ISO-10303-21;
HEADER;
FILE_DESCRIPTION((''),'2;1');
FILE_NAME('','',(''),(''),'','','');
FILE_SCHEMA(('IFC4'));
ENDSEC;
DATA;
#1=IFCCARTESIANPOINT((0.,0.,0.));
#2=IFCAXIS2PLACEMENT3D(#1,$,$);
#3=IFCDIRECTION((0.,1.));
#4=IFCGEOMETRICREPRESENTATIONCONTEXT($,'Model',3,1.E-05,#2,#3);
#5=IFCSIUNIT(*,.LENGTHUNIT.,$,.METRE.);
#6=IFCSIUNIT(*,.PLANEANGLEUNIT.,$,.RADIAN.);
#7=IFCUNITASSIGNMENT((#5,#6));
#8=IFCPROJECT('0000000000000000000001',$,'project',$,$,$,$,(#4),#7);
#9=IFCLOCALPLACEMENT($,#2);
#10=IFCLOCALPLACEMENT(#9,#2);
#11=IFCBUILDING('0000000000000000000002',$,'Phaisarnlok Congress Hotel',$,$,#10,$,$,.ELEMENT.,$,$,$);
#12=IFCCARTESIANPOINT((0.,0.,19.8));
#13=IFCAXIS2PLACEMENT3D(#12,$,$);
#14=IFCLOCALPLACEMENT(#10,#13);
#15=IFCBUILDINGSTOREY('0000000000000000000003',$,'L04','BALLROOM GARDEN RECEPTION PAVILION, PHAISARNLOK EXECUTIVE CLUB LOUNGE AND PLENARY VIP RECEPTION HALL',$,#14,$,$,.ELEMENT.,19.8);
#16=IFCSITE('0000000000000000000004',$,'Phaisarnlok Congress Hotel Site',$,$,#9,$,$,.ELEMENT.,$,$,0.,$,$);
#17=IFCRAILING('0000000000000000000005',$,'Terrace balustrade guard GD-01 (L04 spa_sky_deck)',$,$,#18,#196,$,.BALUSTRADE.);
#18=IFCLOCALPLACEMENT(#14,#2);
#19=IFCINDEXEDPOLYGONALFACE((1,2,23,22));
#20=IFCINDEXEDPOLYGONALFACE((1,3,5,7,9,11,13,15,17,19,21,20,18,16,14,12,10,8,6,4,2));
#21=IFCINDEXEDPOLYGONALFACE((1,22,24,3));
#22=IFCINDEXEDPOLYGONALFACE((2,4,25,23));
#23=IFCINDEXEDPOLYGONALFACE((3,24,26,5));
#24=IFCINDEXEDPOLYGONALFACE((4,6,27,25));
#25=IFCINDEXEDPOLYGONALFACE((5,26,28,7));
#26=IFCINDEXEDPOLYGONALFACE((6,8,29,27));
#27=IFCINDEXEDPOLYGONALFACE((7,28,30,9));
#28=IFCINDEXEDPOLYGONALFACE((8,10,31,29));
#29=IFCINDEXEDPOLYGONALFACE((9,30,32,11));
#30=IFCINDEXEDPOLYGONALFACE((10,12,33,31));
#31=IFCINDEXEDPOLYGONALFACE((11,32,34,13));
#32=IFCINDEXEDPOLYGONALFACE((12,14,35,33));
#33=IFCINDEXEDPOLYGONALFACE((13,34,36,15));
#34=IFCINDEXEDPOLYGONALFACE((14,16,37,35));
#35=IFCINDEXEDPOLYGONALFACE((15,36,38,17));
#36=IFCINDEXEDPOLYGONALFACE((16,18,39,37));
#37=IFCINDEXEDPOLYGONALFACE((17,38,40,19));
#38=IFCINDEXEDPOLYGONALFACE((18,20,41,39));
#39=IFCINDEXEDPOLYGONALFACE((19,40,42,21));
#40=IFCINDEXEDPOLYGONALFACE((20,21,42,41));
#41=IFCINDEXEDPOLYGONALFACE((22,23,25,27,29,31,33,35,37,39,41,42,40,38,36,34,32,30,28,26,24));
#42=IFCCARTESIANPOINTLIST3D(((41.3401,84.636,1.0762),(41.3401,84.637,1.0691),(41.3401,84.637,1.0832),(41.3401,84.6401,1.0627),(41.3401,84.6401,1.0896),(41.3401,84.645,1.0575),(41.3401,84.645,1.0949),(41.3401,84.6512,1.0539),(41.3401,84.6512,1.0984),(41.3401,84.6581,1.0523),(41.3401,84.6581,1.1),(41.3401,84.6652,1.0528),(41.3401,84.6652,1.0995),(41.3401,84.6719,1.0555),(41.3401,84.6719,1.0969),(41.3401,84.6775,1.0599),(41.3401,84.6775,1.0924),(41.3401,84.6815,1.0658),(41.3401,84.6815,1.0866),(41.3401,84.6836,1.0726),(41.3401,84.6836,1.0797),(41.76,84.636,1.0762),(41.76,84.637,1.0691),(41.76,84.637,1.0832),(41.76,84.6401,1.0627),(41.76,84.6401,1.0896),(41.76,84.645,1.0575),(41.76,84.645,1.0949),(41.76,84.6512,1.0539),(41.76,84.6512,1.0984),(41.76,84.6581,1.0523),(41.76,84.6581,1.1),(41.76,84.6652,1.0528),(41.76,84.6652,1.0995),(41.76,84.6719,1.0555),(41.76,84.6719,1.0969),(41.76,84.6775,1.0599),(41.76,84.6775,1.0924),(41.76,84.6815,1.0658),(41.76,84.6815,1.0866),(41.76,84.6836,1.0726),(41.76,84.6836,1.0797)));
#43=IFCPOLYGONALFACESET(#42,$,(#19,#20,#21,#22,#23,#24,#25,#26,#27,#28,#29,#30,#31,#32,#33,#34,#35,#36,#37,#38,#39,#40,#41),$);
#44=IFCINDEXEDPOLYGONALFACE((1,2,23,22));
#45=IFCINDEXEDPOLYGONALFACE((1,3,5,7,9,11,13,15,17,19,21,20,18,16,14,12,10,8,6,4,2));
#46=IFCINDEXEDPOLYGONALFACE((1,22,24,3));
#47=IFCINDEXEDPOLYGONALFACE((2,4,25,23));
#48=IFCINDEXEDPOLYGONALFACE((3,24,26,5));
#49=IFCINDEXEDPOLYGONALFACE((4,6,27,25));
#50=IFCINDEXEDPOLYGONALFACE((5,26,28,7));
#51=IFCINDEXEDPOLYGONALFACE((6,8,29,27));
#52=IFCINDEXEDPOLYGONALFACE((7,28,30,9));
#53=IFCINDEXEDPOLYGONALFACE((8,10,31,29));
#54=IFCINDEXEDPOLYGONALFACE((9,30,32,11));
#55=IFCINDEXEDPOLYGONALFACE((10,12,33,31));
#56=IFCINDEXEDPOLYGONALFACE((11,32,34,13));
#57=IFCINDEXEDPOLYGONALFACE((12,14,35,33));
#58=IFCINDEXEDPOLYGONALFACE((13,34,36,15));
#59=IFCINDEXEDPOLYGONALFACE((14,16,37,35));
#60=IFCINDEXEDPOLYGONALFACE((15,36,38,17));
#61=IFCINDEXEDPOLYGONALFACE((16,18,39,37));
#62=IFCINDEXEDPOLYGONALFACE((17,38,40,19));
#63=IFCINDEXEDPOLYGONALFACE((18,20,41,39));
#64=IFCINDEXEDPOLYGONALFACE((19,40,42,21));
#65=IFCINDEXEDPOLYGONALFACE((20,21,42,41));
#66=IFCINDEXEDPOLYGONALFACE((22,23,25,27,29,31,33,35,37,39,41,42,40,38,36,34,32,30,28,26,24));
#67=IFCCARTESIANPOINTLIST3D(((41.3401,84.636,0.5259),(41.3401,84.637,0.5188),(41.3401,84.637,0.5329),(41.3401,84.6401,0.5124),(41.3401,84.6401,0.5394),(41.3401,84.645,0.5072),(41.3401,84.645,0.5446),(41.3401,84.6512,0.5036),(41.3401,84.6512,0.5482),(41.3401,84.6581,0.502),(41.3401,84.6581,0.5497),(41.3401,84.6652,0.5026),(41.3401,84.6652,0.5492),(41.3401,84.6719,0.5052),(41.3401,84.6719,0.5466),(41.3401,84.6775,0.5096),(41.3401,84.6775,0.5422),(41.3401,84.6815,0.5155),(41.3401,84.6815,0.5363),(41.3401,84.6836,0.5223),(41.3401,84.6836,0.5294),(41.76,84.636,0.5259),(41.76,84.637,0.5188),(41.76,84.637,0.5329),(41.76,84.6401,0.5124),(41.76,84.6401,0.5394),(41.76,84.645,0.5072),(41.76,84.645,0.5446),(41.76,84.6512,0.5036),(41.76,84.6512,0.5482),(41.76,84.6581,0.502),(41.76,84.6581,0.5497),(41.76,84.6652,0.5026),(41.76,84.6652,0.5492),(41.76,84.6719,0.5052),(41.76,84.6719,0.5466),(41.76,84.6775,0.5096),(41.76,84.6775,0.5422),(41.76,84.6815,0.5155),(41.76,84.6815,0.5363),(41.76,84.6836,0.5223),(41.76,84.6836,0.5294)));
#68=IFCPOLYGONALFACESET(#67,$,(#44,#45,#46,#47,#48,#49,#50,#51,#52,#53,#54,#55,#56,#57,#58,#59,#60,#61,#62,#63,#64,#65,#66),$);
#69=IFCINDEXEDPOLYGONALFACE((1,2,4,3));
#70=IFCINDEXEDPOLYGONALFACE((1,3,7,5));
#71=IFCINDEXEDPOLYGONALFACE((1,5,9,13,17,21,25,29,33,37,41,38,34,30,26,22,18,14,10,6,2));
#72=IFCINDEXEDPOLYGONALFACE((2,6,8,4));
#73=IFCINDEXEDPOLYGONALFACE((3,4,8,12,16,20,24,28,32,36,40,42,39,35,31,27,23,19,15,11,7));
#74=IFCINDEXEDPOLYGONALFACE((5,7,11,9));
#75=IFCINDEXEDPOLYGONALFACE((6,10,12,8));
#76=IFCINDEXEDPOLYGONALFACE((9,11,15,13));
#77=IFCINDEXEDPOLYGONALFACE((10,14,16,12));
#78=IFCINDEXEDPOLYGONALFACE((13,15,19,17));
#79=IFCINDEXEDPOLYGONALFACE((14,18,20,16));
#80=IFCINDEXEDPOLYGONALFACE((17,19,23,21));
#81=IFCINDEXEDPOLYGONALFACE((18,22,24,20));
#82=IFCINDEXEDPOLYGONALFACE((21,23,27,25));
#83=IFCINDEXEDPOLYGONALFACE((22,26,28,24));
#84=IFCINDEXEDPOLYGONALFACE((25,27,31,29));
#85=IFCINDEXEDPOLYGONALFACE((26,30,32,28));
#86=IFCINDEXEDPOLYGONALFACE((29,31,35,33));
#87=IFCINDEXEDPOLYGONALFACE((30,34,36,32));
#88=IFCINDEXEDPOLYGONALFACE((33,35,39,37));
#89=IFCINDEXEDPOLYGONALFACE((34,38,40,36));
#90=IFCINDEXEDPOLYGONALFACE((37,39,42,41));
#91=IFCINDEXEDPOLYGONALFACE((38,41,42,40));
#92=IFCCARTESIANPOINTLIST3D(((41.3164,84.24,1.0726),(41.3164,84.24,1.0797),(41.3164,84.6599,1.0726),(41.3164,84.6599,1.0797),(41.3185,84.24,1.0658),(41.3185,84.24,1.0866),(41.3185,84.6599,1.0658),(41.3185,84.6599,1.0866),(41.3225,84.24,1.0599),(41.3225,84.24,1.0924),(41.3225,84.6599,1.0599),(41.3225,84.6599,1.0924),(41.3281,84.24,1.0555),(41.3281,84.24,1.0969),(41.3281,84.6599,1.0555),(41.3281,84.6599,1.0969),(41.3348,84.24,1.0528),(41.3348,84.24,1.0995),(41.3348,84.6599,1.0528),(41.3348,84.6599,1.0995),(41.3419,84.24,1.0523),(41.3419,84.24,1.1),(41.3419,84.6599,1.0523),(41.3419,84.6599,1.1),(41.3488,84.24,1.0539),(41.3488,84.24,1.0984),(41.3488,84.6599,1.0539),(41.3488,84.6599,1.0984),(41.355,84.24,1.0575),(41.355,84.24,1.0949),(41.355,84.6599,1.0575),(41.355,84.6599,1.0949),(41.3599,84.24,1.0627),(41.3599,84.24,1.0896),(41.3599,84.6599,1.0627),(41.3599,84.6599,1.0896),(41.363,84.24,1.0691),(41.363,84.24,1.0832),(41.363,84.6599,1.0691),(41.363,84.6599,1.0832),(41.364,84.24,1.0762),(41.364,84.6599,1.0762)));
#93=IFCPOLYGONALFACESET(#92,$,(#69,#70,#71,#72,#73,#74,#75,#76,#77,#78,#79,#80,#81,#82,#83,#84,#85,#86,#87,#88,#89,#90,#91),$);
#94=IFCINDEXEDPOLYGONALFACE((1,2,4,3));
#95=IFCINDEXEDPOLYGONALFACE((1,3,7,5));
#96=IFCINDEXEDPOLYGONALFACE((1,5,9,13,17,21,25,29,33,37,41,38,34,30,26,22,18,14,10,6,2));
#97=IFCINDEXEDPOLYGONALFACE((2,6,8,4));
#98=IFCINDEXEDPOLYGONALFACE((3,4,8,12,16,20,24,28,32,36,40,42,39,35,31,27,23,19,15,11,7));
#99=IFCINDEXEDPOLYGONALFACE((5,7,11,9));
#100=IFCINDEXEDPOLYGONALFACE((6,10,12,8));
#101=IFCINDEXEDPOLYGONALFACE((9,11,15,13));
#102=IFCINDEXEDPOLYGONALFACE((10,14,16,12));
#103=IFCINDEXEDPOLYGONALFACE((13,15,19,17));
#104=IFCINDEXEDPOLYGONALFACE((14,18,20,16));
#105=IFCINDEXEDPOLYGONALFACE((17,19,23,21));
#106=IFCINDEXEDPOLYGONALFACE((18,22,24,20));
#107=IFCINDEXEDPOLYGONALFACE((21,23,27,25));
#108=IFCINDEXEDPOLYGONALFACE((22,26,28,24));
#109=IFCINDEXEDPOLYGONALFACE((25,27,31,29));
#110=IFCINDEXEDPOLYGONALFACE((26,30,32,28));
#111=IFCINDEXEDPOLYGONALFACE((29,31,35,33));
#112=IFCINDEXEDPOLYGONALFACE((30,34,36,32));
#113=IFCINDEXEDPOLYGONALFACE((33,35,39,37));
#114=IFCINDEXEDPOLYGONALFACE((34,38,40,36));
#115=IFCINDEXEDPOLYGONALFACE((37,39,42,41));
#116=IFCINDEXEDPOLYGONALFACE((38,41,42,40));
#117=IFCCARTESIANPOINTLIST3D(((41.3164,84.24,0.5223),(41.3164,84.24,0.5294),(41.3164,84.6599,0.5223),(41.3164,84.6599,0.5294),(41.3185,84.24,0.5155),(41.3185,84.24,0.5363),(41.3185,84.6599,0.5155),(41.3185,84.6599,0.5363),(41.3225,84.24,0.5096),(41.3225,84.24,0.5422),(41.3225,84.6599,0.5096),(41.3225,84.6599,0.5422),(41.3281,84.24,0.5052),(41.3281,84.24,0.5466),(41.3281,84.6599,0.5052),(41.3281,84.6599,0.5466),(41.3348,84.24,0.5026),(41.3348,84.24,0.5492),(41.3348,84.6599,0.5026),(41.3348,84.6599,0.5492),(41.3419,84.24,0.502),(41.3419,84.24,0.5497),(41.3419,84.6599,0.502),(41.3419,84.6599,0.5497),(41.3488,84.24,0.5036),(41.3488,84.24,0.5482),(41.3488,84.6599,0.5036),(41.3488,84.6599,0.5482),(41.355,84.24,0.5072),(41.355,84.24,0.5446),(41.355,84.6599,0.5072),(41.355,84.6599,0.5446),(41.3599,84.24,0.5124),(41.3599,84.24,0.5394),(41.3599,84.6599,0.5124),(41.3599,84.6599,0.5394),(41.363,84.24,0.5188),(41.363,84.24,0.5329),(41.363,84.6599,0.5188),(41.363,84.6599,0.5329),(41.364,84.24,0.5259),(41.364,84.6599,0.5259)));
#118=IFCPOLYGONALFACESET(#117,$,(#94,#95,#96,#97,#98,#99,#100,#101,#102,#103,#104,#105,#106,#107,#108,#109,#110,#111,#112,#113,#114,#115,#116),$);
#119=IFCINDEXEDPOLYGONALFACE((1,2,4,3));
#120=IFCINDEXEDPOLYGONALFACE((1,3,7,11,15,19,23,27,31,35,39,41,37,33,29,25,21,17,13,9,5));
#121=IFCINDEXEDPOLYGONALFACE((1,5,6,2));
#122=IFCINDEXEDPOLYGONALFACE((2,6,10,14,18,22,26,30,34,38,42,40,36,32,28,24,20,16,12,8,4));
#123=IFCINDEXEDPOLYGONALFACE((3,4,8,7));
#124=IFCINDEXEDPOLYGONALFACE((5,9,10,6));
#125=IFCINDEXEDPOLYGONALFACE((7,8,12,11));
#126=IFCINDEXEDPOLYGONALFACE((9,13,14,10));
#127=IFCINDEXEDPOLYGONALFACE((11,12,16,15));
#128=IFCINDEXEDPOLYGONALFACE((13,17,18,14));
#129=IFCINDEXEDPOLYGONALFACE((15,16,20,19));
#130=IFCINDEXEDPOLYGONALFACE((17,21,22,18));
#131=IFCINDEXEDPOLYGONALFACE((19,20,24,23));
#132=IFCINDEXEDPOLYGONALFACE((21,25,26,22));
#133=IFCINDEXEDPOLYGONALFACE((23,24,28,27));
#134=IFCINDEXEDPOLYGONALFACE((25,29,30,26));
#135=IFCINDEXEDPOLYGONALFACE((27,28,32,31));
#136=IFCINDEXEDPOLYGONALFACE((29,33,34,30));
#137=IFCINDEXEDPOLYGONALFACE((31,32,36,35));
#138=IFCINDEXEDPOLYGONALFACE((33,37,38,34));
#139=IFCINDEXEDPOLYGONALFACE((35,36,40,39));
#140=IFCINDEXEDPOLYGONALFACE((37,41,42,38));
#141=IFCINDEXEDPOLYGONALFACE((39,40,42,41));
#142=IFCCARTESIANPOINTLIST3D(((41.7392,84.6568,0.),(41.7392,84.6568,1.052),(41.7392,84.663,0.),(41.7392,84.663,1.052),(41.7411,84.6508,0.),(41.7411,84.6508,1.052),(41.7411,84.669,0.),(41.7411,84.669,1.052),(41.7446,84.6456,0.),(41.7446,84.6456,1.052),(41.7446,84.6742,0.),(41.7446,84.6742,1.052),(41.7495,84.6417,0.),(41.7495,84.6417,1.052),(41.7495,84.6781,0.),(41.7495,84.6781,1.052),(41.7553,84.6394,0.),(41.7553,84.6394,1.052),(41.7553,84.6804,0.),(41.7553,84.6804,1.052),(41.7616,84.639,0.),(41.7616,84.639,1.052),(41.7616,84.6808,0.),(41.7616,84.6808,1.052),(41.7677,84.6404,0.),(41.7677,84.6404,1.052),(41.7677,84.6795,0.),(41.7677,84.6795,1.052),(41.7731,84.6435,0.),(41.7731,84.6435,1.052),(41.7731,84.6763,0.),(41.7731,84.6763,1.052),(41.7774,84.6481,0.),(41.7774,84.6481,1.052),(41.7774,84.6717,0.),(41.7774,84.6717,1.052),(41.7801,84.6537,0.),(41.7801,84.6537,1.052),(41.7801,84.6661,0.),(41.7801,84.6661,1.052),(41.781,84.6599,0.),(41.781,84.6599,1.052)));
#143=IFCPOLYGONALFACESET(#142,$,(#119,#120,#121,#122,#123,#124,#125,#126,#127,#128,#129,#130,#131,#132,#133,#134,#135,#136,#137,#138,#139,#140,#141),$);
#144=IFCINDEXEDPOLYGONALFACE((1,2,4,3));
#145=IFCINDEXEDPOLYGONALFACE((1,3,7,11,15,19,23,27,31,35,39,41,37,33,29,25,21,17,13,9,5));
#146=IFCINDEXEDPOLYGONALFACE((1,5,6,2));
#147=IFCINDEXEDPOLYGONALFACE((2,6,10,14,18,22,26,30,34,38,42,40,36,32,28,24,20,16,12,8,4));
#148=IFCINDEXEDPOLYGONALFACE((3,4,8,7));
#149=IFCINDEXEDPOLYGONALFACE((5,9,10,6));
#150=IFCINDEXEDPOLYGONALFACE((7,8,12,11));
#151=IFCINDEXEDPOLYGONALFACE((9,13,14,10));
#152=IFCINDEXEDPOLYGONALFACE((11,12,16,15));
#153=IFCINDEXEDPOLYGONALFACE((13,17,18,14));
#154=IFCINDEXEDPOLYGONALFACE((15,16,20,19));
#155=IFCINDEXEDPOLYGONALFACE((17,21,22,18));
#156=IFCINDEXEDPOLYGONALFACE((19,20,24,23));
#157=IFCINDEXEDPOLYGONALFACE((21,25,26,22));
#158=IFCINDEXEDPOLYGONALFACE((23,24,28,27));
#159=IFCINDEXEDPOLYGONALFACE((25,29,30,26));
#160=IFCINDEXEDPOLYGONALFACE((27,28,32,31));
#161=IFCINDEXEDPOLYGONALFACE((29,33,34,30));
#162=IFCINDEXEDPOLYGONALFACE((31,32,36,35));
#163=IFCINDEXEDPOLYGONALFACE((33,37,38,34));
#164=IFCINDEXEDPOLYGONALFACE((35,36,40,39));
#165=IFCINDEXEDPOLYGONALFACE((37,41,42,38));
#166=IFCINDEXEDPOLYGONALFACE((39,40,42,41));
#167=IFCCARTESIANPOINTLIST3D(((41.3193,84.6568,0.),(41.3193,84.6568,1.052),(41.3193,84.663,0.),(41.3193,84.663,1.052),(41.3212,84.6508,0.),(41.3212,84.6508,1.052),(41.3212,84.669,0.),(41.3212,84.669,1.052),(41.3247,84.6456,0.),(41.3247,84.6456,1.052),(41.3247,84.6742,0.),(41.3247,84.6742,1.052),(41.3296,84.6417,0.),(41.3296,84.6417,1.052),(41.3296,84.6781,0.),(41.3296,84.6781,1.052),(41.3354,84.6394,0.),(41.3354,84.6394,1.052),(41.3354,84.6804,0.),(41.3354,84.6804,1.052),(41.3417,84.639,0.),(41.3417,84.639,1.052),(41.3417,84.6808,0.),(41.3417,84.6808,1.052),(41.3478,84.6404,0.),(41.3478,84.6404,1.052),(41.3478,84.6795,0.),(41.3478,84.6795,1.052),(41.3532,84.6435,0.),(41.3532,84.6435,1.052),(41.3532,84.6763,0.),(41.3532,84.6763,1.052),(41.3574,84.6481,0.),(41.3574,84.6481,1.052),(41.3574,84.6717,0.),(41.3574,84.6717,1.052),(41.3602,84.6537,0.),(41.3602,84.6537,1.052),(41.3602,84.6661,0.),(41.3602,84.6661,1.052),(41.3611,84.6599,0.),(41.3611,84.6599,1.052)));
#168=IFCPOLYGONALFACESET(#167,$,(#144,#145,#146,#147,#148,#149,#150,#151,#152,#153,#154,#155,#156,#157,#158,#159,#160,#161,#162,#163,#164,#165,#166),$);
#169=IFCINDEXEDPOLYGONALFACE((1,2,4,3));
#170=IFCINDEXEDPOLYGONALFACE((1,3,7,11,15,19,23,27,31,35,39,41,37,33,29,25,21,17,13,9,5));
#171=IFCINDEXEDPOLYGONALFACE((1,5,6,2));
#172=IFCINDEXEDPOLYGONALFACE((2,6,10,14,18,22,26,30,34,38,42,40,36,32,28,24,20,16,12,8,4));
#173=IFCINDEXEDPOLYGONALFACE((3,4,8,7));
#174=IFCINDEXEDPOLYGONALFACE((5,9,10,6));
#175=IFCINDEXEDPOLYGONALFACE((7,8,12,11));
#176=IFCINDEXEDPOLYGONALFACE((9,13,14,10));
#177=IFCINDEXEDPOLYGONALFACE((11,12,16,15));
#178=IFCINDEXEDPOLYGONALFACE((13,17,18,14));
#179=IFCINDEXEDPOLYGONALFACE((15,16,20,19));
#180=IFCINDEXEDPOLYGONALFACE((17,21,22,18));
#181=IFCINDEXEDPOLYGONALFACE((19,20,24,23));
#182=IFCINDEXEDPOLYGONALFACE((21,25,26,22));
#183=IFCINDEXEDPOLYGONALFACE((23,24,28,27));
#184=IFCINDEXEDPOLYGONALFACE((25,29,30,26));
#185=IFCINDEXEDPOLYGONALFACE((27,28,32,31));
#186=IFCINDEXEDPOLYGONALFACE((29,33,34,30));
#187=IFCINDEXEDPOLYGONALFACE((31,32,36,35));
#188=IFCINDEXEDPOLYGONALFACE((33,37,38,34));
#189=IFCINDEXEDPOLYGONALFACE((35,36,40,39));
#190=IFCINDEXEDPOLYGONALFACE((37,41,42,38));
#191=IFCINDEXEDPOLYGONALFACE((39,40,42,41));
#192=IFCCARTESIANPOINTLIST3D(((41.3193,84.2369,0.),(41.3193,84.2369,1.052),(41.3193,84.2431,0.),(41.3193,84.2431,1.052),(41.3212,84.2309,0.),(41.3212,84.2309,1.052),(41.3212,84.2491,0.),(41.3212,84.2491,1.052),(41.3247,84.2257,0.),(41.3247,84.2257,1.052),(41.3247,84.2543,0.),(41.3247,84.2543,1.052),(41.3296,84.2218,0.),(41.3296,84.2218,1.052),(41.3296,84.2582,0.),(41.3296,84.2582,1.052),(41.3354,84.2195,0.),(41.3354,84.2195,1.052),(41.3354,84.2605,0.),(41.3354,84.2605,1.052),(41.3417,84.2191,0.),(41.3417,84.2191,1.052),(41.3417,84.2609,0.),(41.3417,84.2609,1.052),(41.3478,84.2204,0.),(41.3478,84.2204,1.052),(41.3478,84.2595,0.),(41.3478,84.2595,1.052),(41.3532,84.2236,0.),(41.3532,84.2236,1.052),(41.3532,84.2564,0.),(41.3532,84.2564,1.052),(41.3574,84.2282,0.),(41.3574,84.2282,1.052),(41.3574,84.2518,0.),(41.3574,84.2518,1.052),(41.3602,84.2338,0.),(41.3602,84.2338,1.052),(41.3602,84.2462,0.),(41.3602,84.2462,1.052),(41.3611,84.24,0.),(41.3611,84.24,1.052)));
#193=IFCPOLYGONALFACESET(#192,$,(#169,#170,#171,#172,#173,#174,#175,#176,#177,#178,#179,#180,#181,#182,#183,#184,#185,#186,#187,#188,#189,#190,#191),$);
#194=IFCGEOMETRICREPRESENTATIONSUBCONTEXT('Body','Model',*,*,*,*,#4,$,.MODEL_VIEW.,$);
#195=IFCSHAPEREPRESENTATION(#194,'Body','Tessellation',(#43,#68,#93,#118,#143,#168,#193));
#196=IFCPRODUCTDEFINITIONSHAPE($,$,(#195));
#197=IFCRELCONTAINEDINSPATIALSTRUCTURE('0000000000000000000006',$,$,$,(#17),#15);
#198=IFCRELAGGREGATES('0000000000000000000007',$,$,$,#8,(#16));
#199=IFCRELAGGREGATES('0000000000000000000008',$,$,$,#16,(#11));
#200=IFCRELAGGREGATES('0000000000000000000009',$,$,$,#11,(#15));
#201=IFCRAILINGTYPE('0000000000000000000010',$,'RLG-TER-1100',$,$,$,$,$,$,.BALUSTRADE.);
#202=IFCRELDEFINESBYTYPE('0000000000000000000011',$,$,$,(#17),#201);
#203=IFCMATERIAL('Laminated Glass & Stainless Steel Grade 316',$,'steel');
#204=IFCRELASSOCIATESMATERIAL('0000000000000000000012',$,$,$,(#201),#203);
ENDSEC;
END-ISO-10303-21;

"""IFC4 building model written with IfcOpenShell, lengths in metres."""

from ifc_helpers import new_model, si_unit, direction, frame, origin, origin_2d, place, context, subcontext, project, spatial, circle, extrude, material, type_object, element, save


model = new_model("IFC4")

# Units and contexts
model_context = context("Model", 3, precision=1e-05, world=origin(), true_north=direction((0.0, 1.0)))
body_context = subcontext(model_context, "Body", "Model", "MODEL_VIEW")
ifc_project = project(units=[si_unit("LENGTHUNIT", "METRE"), si_unit("PLANEANGLEUNIT", "RADIAN")], contexts=[model_context])

# Site, building, storey
site_placement = place(None, origin())
site = spatial("IfcSite", under=ifc_project, at=site_placement, Name="Phaisarnlok Congress Hotel Site", CompositionType="ELEMENT", RefElevation=0.0)
building_placement = place(site_placement, origin())
building = spatial("IfcBuilding", under=site, at=building_placement, Name="Phaisarnlok Congress Hotel", CompositionType="ELEMENT")
storey_placement = place(building_placement, frame((0.0, 0.0, 19.8)))
storey = spatial("IfcBuildingStorey", under=building, at=storey_placement, Name="L04", Description="BALLROOM GARDEN RECEPTION PAVILION, PHAISARNLOK EXECUTIVE CLUB LOUNGE AND PLENARY VIP RECEPTION HALL", CompositionType="ELEMENT", Elevation=19.8)

# Railing
ifc_material_1 = material(Name="Laminated Glass & Stainless Steel Grade 316", Category="steel")
railing_type = type_object("IfcRailingType", Name="RLG-TER-1100", PredefinedType="BALUSTRADE", material=ifc_material_1)
railing_placement = place(storey_placement, frame((41.76, 84.6599, 0.0)))
element("IfcRailing", 1, at=railing_placement, inside=storey, type_object=railing_type, Name="Terrace balustrade guard GD-01 (L04 spa_sky_deck)", PredefinedType="BALUSTRADE", context=body_context, shape_type="SweptSolid", body=[
    extrude(circle(Radius=0.0239, at=origin_2d()), frame((0.0, 0.0, 1.0762), z_axis=(-1.0, 0.0, 0.0), x_axis=(0.0, -1.0, 0.0)), (0.0, 0.0, 1.0), 0.4199),
    extrude(circle(Radius=0.0239, at=origin_2d()), frame((0.0, 0.0, 0.5259), z_axis=(-1.0, 0.0, 0.0), x_axis=(0.0, -1.0, 0.0)), (0.0, 0.0, 1.0), 0.4199),
    extrude(circle(Radius=0.0239, at=origin_2d()), frame((-0.4199, 0.0, 1.0762), z_axis=(0.0, -1.0, 0.0), x_axis=(1.0, 0.0, 0.0)), (0.0, 0.0, 1.0), 0.4199),
    extrude(circle(Radius=0.0239, at=origin_2d()), frame((-0.4199, 0.0, 0.5259), z_axis=(0.0, -1.0, 0.0), x_axis=(1.0, 0.0, 0.0)), (0.0, 0.0, 1.0), 0.4199),
    extrude(circle(Radius=0.021, at=origin_2d()), origin(), (0.0, 0.0, 1.0), 1.052),
    extrude(circle(Radius=0.021, at=origin_2d()), frame((-0.4199, 0.0, 0.0)), (0.0, 0.0, 1.0), 1.052),
    extrude(circle(Radius=0.021, at=origin_2d()), frame((-0.4199, -0.4199, 0.0)), (0.0, 0.0, 1.0), 1.052),
])

save(model, "model.ifc")
